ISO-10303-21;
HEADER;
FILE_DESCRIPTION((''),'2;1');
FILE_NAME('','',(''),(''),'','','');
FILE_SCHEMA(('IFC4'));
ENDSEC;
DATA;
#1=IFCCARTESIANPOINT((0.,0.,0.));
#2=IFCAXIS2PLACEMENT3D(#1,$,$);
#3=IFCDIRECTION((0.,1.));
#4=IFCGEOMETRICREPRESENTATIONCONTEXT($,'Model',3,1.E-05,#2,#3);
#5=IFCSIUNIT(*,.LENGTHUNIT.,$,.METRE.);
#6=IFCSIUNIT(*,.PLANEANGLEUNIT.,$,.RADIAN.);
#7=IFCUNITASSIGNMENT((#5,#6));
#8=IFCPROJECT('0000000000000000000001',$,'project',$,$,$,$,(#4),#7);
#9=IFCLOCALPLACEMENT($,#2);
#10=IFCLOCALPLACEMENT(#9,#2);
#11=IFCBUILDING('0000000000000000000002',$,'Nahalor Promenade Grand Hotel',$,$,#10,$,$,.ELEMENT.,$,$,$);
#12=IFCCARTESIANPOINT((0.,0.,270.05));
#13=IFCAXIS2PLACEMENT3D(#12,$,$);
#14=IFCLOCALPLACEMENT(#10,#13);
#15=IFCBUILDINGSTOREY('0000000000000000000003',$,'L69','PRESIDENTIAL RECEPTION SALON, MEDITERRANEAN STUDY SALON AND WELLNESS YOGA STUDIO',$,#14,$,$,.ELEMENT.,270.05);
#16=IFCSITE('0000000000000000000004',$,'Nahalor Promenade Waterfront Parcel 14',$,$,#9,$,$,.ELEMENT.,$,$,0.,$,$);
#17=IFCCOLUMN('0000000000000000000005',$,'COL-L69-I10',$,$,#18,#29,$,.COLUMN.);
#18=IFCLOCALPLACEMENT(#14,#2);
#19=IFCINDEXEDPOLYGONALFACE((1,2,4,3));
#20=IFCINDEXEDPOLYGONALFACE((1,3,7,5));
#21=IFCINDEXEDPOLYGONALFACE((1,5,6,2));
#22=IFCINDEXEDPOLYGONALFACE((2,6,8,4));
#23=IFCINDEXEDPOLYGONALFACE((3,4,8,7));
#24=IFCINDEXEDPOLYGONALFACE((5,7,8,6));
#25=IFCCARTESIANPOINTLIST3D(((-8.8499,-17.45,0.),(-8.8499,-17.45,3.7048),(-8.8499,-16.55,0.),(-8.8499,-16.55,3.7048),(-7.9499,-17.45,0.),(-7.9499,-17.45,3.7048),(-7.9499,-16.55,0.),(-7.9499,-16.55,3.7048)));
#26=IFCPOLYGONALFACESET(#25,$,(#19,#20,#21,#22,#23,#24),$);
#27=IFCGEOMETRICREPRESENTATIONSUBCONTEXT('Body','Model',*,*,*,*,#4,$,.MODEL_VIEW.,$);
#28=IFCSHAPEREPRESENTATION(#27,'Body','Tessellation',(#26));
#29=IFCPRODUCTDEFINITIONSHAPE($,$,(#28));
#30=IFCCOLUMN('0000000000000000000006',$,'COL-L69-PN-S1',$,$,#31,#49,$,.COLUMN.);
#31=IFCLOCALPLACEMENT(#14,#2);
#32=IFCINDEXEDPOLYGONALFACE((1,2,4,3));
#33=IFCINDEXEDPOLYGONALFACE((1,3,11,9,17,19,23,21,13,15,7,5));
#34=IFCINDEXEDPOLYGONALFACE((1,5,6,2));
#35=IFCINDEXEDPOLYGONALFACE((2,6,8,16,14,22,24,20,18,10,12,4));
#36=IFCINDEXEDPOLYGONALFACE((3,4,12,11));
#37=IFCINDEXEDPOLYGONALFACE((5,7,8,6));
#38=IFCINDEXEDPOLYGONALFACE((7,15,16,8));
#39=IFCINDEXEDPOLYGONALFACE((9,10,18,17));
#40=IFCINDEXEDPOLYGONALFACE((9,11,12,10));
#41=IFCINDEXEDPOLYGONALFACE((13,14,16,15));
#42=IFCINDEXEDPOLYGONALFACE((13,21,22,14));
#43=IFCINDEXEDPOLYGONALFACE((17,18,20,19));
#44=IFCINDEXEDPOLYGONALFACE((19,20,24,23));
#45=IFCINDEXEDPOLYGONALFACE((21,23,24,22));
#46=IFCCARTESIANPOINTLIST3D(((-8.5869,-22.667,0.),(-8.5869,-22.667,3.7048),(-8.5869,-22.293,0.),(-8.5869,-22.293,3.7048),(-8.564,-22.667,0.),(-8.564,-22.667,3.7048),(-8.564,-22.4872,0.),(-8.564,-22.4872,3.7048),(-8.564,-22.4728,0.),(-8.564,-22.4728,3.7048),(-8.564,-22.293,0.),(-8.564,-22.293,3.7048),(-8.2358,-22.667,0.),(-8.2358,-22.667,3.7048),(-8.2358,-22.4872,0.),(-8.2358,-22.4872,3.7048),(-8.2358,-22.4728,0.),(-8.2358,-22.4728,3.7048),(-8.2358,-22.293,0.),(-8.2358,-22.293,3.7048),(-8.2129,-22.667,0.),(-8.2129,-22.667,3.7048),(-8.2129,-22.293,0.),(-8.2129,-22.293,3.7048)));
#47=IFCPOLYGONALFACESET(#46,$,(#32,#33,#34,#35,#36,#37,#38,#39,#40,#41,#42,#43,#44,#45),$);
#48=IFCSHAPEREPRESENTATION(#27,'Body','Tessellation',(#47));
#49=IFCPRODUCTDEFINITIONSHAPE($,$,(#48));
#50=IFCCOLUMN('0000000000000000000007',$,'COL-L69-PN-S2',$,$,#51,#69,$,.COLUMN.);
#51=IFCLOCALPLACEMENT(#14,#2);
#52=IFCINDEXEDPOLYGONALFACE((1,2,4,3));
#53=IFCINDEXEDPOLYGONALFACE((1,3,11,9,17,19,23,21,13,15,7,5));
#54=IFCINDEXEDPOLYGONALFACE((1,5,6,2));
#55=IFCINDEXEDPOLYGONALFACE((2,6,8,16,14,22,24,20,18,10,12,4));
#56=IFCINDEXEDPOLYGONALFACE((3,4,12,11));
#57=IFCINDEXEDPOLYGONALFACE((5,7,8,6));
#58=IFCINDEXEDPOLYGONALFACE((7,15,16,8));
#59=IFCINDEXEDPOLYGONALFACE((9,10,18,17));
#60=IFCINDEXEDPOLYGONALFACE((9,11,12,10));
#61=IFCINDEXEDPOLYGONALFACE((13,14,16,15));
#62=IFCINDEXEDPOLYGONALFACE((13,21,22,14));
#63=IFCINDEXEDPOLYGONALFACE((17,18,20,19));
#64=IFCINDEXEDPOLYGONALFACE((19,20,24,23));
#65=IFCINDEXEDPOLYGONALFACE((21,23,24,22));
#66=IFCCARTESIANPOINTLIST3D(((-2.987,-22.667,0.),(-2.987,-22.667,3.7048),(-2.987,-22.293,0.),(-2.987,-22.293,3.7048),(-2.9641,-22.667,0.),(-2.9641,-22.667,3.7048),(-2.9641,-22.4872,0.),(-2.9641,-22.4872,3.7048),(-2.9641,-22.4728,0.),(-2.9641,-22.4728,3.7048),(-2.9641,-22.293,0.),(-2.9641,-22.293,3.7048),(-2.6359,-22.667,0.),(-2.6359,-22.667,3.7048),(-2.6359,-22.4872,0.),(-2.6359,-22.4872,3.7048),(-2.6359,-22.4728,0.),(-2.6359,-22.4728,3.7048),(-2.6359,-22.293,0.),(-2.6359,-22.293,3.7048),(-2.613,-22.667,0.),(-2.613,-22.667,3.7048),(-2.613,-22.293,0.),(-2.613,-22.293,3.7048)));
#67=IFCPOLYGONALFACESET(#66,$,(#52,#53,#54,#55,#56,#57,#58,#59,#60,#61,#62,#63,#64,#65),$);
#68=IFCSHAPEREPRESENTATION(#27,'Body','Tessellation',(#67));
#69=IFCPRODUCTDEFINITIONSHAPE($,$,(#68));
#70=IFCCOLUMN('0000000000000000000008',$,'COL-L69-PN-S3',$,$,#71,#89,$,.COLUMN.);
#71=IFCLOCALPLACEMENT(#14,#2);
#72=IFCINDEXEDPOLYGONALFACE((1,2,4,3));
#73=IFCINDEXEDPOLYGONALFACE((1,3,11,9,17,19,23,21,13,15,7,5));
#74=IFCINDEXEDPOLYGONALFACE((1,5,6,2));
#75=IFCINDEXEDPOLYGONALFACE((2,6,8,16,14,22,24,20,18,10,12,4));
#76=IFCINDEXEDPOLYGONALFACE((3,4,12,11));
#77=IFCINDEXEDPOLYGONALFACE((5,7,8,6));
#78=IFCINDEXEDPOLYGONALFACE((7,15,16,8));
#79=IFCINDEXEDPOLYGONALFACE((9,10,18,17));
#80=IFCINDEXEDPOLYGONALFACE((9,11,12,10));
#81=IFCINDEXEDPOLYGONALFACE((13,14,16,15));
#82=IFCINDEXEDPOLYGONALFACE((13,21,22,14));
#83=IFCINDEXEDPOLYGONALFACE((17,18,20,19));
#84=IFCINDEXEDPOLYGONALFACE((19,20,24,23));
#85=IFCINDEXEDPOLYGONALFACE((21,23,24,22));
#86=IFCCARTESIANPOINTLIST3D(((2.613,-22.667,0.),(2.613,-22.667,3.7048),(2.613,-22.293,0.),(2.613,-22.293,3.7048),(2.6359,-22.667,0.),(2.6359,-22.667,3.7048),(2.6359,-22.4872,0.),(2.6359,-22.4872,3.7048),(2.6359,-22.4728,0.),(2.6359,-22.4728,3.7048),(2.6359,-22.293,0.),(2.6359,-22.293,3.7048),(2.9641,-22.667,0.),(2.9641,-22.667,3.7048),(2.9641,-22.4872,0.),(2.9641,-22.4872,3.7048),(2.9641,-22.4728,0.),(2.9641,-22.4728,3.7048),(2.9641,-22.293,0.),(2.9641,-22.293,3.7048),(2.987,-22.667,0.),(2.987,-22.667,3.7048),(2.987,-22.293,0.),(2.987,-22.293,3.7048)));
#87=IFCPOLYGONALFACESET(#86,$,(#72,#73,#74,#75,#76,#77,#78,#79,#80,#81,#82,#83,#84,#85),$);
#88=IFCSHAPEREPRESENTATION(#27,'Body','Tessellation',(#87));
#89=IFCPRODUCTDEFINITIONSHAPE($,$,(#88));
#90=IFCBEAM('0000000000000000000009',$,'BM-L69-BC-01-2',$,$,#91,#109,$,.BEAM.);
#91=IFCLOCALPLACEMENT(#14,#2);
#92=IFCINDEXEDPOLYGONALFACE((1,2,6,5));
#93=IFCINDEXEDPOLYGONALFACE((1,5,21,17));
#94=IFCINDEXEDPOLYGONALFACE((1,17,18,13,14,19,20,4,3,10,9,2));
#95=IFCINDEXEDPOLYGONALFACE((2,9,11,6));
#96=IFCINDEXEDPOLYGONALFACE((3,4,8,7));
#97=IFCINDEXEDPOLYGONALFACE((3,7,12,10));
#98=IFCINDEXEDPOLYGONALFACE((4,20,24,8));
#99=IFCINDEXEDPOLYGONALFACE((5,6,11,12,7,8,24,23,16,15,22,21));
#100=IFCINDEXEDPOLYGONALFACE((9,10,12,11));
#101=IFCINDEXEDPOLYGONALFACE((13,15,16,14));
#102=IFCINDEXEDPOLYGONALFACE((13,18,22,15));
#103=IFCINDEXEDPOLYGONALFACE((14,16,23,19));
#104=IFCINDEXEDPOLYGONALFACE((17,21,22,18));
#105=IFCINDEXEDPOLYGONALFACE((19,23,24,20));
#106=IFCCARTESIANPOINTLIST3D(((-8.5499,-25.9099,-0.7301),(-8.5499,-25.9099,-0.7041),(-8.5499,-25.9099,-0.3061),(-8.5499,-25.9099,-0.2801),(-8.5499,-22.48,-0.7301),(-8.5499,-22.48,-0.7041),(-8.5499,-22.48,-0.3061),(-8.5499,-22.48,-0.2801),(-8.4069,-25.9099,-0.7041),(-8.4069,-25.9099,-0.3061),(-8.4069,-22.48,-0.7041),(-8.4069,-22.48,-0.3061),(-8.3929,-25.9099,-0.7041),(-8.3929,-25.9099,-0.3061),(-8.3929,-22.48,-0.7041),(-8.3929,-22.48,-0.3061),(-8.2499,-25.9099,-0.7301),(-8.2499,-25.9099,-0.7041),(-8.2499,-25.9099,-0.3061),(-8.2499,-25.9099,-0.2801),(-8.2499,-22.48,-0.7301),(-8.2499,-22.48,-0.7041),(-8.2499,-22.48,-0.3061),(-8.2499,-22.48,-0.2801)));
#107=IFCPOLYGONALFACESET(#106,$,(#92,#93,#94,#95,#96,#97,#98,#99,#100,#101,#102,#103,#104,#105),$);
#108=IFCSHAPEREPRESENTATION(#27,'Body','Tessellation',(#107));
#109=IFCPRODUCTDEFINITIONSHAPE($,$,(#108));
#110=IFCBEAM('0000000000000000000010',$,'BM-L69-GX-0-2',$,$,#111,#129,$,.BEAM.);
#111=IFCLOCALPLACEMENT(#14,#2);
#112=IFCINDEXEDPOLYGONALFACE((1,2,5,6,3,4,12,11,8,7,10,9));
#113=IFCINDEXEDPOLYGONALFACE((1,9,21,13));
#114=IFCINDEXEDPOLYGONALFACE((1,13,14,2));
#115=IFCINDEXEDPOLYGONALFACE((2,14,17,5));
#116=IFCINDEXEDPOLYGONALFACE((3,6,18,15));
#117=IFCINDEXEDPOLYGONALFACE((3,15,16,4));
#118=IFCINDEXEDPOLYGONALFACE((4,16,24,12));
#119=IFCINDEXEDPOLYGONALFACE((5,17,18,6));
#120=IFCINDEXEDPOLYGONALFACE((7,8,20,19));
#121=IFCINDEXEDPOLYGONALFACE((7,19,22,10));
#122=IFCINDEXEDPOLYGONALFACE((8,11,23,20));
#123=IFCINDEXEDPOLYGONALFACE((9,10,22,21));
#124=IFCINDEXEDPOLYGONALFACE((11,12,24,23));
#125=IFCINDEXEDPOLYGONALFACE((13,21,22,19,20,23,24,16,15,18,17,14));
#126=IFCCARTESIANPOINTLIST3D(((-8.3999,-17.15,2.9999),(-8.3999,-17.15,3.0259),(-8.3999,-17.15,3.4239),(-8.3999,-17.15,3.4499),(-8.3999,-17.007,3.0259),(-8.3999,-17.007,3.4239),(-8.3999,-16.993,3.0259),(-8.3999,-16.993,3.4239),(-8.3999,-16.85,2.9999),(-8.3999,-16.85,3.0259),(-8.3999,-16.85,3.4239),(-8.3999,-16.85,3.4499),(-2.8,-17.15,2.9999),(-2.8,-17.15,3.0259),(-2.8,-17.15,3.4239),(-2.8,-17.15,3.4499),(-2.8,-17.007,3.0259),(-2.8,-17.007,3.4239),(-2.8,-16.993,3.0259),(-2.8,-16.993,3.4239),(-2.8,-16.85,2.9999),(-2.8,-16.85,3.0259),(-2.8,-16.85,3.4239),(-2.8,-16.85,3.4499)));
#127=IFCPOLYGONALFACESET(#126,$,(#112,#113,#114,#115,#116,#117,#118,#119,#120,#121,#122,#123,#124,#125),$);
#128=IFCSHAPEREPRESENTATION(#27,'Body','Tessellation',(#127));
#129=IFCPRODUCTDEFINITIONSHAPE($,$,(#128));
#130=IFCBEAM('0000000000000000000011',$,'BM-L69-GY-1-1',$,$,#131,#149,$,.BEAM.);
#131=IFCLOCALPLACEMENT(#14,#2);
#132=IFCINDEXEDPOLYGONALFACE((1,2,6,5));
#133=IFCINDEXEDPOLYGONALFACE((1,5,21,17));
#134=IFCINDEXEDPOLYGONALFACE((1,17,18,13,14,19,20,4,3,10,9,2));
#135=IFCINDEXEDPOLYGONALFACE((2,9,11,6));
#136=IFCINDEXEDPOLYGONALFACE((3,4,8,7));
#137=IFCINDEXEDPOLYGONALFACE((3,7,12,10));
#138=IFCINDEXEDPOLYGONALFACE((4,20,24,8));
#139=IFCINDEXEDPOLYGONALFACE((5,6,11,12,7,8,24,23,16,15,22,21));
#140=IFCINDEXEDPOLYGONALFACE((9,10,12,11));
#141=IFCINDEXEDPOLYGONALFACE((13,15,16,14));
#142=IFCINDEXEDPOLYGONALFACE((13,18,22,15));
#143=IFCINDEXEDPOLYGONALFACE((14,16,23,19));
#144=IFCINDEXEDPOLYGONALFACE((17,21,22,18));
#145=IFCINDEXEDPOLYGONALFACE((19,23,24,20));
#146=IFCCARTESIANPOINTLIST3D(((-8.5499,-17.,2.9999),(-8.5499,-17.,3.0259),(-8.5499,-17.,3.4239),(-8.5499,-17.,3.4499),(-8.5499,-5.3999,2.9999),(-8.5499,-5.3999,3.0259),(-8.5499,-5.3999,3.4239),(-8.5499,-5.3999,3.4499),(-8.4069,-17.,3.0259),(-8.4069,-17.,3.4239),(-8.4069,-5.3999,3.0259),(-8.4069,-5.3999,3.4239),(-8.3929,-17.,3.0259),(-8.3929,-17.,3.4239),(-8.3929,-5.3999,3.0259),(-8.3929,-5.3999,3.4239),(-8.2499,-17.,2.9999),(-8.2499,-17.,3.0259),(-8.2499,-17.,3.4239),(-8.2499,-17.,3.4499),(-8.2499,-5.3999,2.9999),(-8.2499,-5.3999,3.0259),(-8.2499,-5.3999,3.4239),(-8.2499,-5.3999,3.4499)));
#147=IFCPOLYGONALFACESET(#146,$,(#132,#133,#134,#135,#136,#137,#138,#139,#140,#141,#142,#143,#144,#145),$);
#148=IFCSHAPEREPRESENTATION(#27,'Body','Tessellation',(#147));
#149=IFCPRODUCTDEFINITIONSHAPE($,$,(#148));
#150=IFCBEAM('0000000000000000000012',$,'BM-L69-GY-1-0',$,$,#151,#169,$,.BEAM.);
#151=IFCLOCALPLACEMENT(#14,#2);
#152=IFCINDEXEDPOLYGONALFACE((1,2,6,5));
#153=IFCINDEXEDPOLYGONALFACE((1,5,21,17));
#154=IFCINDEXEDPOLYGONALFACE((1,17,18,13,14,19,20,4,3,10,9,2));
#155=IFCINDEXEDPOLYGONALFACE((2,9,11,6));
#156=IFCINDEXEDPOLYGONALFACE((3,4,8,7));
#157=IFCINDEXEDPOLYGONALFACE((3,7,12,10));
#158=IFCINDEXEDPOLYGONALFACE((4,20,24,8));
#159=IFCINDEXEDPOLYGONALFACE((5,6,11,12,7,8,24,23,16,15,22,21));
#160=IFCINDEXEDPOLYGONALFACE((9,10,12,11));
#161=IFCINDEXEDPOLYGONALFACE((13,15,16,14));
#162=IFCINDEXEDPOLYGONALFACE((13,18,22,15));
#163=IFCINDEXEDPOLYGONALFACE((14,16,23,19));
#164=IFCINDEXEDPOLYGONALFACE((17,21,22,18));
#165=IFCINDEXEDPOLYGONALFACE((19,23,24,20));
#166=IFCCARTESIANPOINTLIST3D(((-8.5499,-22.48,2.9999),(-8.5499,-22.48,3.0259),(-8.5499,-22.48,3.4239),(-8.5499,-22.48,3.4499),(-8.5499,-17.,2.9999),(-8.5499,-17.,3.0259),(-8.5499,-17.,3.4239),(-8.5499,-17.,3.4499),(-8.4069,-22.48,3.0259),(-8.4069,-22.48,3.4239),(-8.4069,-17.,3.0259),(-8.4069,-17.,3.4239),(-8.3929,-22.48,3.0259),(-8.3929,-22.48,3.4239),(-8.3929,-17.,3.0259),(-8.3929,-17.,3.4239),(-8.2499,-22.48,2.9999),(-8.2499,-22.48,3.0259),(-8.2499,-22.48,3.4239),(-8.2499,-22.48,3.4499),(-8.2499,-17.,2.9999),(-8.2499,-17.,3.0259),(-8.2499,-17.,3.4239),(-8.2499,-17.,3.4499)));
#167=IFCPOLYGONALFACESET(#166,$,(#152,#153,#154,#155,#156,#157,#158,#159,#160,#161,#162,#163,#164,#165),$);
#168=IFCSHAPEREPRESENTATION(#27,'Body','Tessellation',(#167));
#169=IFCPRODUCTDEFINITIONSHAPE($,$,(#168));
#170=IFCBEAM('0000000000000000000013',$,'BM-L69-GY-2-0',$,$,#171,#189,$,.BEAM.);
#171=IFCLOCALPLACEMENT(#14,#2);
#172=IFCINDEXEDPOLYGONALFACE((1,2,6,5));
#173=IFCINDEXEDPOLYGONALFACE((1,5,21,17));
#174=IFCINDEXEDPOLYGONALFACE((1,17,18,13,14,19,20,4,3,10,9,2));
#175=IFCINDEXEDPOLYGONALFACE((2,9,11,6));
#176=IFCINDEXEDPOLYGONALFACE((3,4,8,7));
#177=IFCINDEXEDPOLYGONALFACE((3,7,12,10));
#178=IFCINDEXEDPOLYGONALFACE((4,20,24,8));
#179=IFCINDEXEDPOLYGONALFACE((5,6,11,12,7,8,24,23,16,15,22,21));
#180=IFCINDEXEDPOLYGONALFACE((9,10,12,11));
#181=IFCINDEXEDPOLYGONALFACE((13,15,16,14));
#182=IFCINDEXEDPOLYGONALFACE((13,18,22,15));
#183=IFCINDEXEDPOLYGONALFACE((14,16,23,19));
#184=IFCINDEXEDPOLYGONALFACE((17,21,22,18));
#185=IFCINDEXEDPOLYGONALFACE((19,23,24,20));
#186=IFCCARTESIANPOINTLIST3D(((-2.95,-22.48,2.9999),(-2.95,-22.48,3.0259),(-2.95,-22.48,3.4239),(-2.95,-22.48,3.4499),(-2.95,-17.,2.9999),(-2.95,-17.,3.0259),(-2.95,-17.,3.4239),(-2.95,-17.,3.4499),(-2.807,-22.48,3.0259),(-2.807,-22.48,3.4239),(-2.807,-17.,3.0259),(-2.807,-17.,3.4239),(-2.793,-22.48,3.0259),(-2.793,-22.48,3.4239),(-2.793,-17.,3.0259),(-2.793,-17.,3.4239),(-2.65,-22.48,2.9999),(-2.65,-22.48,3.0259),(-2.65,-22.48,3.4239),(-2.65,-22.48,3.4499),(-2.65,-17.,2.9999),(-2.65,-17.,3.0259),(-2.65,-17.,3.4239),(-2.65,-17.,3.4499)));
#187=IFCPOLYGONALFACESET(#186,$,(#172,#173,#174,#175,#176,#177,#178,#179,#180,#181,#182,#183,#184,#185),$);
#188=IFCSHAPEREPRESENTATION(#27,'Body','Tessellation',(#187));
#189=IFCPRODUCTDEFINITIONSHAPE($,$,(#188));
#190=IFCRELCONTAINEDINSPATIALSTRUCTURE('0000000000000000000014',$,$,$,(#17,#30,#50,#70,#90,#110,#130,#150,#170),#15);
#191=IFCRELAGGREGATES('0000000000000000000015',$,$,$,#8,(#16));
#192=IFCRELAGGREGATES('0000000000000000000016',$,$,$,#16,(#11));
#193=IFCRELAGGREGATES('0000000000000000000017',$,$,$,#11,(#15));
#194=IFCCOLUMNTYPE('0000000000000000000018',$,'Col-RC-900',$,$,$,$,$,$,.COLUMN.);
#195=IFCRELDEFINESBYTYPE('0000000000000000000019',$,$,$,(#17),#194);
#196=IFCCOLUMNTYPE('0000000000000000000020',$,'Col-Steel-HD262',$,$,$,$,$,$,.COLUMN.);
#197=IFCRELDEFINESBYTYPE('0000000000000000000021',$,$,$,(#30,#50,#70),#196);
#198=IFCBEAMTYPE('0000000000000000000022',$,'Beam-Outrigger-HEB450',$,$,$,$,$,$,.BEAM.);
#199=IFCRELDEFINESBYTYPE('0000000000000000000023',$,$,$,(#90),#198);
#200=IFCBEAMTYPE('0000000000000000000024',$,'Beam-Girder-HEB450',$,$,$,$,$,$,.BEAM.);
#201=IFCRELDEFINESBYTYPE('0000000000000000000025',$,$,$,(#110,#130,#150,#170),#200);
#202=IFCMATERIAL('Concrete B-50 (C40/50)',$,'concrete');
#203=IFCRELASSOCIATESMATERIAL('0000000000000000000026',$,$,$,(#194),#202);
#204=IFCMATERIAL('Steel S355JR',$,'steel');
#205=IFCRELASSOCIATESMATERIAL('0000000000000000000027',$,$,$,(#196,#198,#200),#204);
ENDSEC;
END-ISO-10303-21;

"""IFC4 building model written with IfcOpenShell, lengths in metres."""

from ifc_helpers import new_model, si_unit, direction, frame, origin, origin_2d, place, context, subcontext, project, spatial, rectangle, i_section, extrude, source, transform, mapped, material, material_profile, profile_set, type_object, element, save


model = new_model("IFC4")

# Units and contexts
model_context = context("Model", 3, precision=1e-05, world=origin(), true_north=direction((0.0, 1.0)))
body_context = subcontext(model_context, "Body", "Model", "MODEL_VIEW")
ifc_project = project(units=[si_unit("LENGTHUNIT", "METRE"), si_unit("PLANEANGLEUNIT", "RADIAN")], contexts=[model_context])

# Site, building, storey
site_placement = place(None, origin())
site = spatial("IfcSite", under=ifc_project, at=site_placement, Name="Nahalor Promenade Waterfront Parcel 14", CompositionType="ELEMENT", RefElevation=0.0)
building_placement = place(site_placement, origin())
building = spatial("IfcBuilding", under=site, at=building_placement, Name="Nahalor Promenade Grand Hotel", CompositionType="ELEMENT")
storey_placement = place(building_placement, frame((0.0, 0.0, 270.05)))
storey = spatial("IfcBuildingStorey", under=building, at=storey_placement, Name="L69", Description="PRESIDENTIAL RECEPTION SALON, MEDITERRANEAN STUDY SALON AND WELLNESS YOGA STUDIO", CompositionType="ELEMENT", Elevation=270.05)

# Columns
ifc_material_1 = material(Name="Concrete B-50 (C40/50)", Category="concrete")
ifc_material_profile_1 = material_profile(ifc_material_1, rectangle(XDim=0.9, YDim=0.9, at=origin_2d()), Name="RC 900x900")
ifc_profile_set_1 = profile_set([ifc_material_profile_1], Name="Concrete B-50 (C40/50)")
column_type_1 = type_object("IfcColumnType", Name="Col-RC-900", PredefinedType="COLUMN", material=ifc_profile_set_1)
shared_shape_1 = source(origin(), body_context, "Body", "SweptSolid", [
    extrude(rectangle(XDim=0.9, YDim=0.9, at=origin_2d()), origin(), (0.0, 0.0, 1.0), 3.7048),
])
column_placement = place(storey_placement, frame((-8.3999, -17.0, 0.0), z_axis=(0.0, 0.0, 1.0), x_axis=(1.0, 0.0, 0.0)))
element("IfcColumn", 1, at=column_placement, inside=storey, type_object=column_type_1, Name="COL-L69-I10", PredefinedType="COLUMN", context=body_context, shape_type="MappedRepresentation", body=[
    mapped(shared_shape_1, transform((0.0, 0.0, 0.0), scale=1.0)),
])
ifc_material_2 = material(Name="Steel S355JR", Category="steel")
ifc_material_profile_2 = material_profile(ifc_material_2, i_section(OverallWidth=0.374, OverallDepth=0.374, WebThickness=0.0144, FlangeThickness=0.0229, at=origin_2d()), Name="HD 360x262")
ifc_profile_set_2 = profile_set([ifc_material_profile_2], Name="Steel S355JR")
column_type_2 = type_object("IfcColumnType", Name="Col-Steel-HD262", PredefinedType="COLUMN", material=ifc_profile_set_2)
shared_shape_2 = source(origin(), body_context, "Body", "SweptSolid", [
    extrude(i_section(OverallWidth=0.374, OverallDepth=0.374, WebThickness=0.0144, FlangeThickness=0.0229, at=origin_2d()), origin(), (0.0, 0.0, 1.0), 3.7048),
])
for number, where, z_axis, x_axis, name in (
    (2, (-8.3999, -22.48, 0.0), (0.0, 0.0, 1.0), (0.0, 1.0, 0.0), "COL-L69-PN-S1"),
    (3, (-2.8, -22.48, 0.0), (0.0, 0.0, 1.0), (0.0, 1.0, 0.0), "COL-L69-PN-S2"),
    (4, (2.8, -22.48, 0.0), (0.0, 0.0, 1.0), (0.0, 1.0, 0.0), "COL-L69-PN-S3"),
):
    element("IfcColumn", number, at=place(storey_placement, frame(where, z_axis=z_axis, x_axis=x_axis)), inside=storey, type_object=column_type_2, Name=name, PredefinedType="COLUMN", context=body_context, shape_type="MappedRepresentation", body=[
        mapped(shared_shape_2, transform((0.0, 0.0, 0.0), scale=1.0)),
    ])

# Beams
ifc_material_profile_3 = material_profile(ifc_material_2, i_section(OverallWidth=0.3, OverallDepth=0.45, WebThickness=0.014, FlangeThickness=0.026, at=origin_2d()), Name="HEB 450")
ifc_profile_set_3 = profile_set([ifc_material_profile_3], Name="Steel S355JR")
beam_type_1 = type_object("IfcBeamType", Name="Beam-Outrigger-HEB450", PredefinedType="BEAM", material=ifc_profile_set_3)
shared_shape_3 = source(origin(), body_context, "Body", "SweptSolid", [
    extrude(i_section(OverallWidth=0.3, OverallDepth=0.45, WebThickness=0.014, FlangeThickness=0.026, at=origin_2d()), origin(), (0.0, 0.0, 1.0), 3.4299),
])
beam_1_placement = place(storey_placement, frame((-8.3999, -25.9099, -0.5051), z_axis=(0.0, 1.0, 0.0), x_axis=(-1.0, 0.0, 0.0)))
element("IfcBeam", 5, at=beam_1_placement, inside=storey, type_object=beam_type_1, Name="BM-L69-BC-01-2", PredefinedType="BEAM", context=body_context, shape_type="MappedRepresentation", body=[
    mapped(shared_shape_3, transform((0.0, 0.0, 0.0), scale=1.0)),
])
ifc_material_profile_4 = material_profile(ifc_material_2, i_section(OverallWidth=0.3, OverallDepth=0.45, WebThickness=0.014, FlangeThickness=0.026, at=origin_2d()), Name="HEB 450")
ifc_profile_set_4 = profile_set([ifc_material_profile_4], Name="Steel S355JR")
beam_type_2 = type_object("IfcBeamType", Name="Beam-Girder-HEB450", PredefinedType="BEAM", material=ifc_profile_set_4)
shared_shape_4 = source(origin(), body_context, "Body", "SweptSolid", [
    extrude(i_section(OverallWidth=0.3, OverallDepth=0.45, WebThickness=0.014, FlangeThickness=0.026, at=origin_2d()), origin(), (0.0, 0.0, 1.0), 5.5999),
])
beam_2_placement = place(storey_placement, frame((-8.3999, -17.0, 3.2249), z_axis=(1.0, 0.0, 0.0), x_axis=(0.0, 1.0, 0.0)))
element("IfcBeam", 6, at=beam_2_placement, inside=storey, type_object=beam_type_2, Name="BM-L69-GX-0-2", PredefinedType="BEAM", context=body_context, shape_type="MappedRepresentation", body=[
    mapped(shared_shape_4, transform((0.0, 0.0, 0.0), scale=1.0)),
])
shared_shape_5 = source(origin(), body_context, "Body", "SweptSolid", [
    extrude(i_section(OverallWidth=0.3, OverallDepth=0.45, WebThickness=0.014, FlangeThickness=0.026, at=origin_2d()), origin(), (0.0, 0.0, 1.0), 11.6001),
])
beam_3_placement = place(storey_placement, frame((-8.3999, -17.0, 3.2249), z_axis=(0.0, 1.0, 0.0), x_axis=(-1.0, 0.0, 0.0)))
element("IfcBeam", 7, at=beam_3_placement, inside=storey, type_object=beam_type_2, Name="BM-L69-GY-1-1", PredefinedType="BEAM", context=body_context, shape_type="MappedRepresentation", body=[
    mapped(shared_shape_5, transform((0.0, 0.0, 0.0), scale=1.0)),
])
shared_shape_6 = source(origin(), body_context, "Body", "SweptSolid", [
    extrude(i_section(OverallWidth=0.3, OverallDepth=0.45, WebThickness=0.014, FlangeThickness=0.026, at=origin_2d()), origin(), (0.0, 0.0, 1.0), 5.48),
])
for number, where, z_axis, x_axis, name in (
    (8, (-8.3999, -22.48, 3.2249), (0.0, 1.0, 0.0), (-1.0, 0.0, 0.0), "BM-L69-GY-1-0"),
    (9, (-2.8, -22.48, 3.2249), (0.0, 1.0, 0.0), (-1.0, 0.0, 0.0), "BM-L69-GY-2-0"),
):
    element("IfcBeam", number, at=place(storey_placement, frame(where, z_axis=z_axis, x_axis=x_axis)), inside=storey, type_object=beam_type_2, Name=name, PredefinedType="BEAM", context=body_context, shape_type="MappedRepresentation", body=[
        mapped(shared_shape_6, transform((0.0, 0.0, 0.0), scale=1.0)),
    ])

save(model, "model.ifc")
